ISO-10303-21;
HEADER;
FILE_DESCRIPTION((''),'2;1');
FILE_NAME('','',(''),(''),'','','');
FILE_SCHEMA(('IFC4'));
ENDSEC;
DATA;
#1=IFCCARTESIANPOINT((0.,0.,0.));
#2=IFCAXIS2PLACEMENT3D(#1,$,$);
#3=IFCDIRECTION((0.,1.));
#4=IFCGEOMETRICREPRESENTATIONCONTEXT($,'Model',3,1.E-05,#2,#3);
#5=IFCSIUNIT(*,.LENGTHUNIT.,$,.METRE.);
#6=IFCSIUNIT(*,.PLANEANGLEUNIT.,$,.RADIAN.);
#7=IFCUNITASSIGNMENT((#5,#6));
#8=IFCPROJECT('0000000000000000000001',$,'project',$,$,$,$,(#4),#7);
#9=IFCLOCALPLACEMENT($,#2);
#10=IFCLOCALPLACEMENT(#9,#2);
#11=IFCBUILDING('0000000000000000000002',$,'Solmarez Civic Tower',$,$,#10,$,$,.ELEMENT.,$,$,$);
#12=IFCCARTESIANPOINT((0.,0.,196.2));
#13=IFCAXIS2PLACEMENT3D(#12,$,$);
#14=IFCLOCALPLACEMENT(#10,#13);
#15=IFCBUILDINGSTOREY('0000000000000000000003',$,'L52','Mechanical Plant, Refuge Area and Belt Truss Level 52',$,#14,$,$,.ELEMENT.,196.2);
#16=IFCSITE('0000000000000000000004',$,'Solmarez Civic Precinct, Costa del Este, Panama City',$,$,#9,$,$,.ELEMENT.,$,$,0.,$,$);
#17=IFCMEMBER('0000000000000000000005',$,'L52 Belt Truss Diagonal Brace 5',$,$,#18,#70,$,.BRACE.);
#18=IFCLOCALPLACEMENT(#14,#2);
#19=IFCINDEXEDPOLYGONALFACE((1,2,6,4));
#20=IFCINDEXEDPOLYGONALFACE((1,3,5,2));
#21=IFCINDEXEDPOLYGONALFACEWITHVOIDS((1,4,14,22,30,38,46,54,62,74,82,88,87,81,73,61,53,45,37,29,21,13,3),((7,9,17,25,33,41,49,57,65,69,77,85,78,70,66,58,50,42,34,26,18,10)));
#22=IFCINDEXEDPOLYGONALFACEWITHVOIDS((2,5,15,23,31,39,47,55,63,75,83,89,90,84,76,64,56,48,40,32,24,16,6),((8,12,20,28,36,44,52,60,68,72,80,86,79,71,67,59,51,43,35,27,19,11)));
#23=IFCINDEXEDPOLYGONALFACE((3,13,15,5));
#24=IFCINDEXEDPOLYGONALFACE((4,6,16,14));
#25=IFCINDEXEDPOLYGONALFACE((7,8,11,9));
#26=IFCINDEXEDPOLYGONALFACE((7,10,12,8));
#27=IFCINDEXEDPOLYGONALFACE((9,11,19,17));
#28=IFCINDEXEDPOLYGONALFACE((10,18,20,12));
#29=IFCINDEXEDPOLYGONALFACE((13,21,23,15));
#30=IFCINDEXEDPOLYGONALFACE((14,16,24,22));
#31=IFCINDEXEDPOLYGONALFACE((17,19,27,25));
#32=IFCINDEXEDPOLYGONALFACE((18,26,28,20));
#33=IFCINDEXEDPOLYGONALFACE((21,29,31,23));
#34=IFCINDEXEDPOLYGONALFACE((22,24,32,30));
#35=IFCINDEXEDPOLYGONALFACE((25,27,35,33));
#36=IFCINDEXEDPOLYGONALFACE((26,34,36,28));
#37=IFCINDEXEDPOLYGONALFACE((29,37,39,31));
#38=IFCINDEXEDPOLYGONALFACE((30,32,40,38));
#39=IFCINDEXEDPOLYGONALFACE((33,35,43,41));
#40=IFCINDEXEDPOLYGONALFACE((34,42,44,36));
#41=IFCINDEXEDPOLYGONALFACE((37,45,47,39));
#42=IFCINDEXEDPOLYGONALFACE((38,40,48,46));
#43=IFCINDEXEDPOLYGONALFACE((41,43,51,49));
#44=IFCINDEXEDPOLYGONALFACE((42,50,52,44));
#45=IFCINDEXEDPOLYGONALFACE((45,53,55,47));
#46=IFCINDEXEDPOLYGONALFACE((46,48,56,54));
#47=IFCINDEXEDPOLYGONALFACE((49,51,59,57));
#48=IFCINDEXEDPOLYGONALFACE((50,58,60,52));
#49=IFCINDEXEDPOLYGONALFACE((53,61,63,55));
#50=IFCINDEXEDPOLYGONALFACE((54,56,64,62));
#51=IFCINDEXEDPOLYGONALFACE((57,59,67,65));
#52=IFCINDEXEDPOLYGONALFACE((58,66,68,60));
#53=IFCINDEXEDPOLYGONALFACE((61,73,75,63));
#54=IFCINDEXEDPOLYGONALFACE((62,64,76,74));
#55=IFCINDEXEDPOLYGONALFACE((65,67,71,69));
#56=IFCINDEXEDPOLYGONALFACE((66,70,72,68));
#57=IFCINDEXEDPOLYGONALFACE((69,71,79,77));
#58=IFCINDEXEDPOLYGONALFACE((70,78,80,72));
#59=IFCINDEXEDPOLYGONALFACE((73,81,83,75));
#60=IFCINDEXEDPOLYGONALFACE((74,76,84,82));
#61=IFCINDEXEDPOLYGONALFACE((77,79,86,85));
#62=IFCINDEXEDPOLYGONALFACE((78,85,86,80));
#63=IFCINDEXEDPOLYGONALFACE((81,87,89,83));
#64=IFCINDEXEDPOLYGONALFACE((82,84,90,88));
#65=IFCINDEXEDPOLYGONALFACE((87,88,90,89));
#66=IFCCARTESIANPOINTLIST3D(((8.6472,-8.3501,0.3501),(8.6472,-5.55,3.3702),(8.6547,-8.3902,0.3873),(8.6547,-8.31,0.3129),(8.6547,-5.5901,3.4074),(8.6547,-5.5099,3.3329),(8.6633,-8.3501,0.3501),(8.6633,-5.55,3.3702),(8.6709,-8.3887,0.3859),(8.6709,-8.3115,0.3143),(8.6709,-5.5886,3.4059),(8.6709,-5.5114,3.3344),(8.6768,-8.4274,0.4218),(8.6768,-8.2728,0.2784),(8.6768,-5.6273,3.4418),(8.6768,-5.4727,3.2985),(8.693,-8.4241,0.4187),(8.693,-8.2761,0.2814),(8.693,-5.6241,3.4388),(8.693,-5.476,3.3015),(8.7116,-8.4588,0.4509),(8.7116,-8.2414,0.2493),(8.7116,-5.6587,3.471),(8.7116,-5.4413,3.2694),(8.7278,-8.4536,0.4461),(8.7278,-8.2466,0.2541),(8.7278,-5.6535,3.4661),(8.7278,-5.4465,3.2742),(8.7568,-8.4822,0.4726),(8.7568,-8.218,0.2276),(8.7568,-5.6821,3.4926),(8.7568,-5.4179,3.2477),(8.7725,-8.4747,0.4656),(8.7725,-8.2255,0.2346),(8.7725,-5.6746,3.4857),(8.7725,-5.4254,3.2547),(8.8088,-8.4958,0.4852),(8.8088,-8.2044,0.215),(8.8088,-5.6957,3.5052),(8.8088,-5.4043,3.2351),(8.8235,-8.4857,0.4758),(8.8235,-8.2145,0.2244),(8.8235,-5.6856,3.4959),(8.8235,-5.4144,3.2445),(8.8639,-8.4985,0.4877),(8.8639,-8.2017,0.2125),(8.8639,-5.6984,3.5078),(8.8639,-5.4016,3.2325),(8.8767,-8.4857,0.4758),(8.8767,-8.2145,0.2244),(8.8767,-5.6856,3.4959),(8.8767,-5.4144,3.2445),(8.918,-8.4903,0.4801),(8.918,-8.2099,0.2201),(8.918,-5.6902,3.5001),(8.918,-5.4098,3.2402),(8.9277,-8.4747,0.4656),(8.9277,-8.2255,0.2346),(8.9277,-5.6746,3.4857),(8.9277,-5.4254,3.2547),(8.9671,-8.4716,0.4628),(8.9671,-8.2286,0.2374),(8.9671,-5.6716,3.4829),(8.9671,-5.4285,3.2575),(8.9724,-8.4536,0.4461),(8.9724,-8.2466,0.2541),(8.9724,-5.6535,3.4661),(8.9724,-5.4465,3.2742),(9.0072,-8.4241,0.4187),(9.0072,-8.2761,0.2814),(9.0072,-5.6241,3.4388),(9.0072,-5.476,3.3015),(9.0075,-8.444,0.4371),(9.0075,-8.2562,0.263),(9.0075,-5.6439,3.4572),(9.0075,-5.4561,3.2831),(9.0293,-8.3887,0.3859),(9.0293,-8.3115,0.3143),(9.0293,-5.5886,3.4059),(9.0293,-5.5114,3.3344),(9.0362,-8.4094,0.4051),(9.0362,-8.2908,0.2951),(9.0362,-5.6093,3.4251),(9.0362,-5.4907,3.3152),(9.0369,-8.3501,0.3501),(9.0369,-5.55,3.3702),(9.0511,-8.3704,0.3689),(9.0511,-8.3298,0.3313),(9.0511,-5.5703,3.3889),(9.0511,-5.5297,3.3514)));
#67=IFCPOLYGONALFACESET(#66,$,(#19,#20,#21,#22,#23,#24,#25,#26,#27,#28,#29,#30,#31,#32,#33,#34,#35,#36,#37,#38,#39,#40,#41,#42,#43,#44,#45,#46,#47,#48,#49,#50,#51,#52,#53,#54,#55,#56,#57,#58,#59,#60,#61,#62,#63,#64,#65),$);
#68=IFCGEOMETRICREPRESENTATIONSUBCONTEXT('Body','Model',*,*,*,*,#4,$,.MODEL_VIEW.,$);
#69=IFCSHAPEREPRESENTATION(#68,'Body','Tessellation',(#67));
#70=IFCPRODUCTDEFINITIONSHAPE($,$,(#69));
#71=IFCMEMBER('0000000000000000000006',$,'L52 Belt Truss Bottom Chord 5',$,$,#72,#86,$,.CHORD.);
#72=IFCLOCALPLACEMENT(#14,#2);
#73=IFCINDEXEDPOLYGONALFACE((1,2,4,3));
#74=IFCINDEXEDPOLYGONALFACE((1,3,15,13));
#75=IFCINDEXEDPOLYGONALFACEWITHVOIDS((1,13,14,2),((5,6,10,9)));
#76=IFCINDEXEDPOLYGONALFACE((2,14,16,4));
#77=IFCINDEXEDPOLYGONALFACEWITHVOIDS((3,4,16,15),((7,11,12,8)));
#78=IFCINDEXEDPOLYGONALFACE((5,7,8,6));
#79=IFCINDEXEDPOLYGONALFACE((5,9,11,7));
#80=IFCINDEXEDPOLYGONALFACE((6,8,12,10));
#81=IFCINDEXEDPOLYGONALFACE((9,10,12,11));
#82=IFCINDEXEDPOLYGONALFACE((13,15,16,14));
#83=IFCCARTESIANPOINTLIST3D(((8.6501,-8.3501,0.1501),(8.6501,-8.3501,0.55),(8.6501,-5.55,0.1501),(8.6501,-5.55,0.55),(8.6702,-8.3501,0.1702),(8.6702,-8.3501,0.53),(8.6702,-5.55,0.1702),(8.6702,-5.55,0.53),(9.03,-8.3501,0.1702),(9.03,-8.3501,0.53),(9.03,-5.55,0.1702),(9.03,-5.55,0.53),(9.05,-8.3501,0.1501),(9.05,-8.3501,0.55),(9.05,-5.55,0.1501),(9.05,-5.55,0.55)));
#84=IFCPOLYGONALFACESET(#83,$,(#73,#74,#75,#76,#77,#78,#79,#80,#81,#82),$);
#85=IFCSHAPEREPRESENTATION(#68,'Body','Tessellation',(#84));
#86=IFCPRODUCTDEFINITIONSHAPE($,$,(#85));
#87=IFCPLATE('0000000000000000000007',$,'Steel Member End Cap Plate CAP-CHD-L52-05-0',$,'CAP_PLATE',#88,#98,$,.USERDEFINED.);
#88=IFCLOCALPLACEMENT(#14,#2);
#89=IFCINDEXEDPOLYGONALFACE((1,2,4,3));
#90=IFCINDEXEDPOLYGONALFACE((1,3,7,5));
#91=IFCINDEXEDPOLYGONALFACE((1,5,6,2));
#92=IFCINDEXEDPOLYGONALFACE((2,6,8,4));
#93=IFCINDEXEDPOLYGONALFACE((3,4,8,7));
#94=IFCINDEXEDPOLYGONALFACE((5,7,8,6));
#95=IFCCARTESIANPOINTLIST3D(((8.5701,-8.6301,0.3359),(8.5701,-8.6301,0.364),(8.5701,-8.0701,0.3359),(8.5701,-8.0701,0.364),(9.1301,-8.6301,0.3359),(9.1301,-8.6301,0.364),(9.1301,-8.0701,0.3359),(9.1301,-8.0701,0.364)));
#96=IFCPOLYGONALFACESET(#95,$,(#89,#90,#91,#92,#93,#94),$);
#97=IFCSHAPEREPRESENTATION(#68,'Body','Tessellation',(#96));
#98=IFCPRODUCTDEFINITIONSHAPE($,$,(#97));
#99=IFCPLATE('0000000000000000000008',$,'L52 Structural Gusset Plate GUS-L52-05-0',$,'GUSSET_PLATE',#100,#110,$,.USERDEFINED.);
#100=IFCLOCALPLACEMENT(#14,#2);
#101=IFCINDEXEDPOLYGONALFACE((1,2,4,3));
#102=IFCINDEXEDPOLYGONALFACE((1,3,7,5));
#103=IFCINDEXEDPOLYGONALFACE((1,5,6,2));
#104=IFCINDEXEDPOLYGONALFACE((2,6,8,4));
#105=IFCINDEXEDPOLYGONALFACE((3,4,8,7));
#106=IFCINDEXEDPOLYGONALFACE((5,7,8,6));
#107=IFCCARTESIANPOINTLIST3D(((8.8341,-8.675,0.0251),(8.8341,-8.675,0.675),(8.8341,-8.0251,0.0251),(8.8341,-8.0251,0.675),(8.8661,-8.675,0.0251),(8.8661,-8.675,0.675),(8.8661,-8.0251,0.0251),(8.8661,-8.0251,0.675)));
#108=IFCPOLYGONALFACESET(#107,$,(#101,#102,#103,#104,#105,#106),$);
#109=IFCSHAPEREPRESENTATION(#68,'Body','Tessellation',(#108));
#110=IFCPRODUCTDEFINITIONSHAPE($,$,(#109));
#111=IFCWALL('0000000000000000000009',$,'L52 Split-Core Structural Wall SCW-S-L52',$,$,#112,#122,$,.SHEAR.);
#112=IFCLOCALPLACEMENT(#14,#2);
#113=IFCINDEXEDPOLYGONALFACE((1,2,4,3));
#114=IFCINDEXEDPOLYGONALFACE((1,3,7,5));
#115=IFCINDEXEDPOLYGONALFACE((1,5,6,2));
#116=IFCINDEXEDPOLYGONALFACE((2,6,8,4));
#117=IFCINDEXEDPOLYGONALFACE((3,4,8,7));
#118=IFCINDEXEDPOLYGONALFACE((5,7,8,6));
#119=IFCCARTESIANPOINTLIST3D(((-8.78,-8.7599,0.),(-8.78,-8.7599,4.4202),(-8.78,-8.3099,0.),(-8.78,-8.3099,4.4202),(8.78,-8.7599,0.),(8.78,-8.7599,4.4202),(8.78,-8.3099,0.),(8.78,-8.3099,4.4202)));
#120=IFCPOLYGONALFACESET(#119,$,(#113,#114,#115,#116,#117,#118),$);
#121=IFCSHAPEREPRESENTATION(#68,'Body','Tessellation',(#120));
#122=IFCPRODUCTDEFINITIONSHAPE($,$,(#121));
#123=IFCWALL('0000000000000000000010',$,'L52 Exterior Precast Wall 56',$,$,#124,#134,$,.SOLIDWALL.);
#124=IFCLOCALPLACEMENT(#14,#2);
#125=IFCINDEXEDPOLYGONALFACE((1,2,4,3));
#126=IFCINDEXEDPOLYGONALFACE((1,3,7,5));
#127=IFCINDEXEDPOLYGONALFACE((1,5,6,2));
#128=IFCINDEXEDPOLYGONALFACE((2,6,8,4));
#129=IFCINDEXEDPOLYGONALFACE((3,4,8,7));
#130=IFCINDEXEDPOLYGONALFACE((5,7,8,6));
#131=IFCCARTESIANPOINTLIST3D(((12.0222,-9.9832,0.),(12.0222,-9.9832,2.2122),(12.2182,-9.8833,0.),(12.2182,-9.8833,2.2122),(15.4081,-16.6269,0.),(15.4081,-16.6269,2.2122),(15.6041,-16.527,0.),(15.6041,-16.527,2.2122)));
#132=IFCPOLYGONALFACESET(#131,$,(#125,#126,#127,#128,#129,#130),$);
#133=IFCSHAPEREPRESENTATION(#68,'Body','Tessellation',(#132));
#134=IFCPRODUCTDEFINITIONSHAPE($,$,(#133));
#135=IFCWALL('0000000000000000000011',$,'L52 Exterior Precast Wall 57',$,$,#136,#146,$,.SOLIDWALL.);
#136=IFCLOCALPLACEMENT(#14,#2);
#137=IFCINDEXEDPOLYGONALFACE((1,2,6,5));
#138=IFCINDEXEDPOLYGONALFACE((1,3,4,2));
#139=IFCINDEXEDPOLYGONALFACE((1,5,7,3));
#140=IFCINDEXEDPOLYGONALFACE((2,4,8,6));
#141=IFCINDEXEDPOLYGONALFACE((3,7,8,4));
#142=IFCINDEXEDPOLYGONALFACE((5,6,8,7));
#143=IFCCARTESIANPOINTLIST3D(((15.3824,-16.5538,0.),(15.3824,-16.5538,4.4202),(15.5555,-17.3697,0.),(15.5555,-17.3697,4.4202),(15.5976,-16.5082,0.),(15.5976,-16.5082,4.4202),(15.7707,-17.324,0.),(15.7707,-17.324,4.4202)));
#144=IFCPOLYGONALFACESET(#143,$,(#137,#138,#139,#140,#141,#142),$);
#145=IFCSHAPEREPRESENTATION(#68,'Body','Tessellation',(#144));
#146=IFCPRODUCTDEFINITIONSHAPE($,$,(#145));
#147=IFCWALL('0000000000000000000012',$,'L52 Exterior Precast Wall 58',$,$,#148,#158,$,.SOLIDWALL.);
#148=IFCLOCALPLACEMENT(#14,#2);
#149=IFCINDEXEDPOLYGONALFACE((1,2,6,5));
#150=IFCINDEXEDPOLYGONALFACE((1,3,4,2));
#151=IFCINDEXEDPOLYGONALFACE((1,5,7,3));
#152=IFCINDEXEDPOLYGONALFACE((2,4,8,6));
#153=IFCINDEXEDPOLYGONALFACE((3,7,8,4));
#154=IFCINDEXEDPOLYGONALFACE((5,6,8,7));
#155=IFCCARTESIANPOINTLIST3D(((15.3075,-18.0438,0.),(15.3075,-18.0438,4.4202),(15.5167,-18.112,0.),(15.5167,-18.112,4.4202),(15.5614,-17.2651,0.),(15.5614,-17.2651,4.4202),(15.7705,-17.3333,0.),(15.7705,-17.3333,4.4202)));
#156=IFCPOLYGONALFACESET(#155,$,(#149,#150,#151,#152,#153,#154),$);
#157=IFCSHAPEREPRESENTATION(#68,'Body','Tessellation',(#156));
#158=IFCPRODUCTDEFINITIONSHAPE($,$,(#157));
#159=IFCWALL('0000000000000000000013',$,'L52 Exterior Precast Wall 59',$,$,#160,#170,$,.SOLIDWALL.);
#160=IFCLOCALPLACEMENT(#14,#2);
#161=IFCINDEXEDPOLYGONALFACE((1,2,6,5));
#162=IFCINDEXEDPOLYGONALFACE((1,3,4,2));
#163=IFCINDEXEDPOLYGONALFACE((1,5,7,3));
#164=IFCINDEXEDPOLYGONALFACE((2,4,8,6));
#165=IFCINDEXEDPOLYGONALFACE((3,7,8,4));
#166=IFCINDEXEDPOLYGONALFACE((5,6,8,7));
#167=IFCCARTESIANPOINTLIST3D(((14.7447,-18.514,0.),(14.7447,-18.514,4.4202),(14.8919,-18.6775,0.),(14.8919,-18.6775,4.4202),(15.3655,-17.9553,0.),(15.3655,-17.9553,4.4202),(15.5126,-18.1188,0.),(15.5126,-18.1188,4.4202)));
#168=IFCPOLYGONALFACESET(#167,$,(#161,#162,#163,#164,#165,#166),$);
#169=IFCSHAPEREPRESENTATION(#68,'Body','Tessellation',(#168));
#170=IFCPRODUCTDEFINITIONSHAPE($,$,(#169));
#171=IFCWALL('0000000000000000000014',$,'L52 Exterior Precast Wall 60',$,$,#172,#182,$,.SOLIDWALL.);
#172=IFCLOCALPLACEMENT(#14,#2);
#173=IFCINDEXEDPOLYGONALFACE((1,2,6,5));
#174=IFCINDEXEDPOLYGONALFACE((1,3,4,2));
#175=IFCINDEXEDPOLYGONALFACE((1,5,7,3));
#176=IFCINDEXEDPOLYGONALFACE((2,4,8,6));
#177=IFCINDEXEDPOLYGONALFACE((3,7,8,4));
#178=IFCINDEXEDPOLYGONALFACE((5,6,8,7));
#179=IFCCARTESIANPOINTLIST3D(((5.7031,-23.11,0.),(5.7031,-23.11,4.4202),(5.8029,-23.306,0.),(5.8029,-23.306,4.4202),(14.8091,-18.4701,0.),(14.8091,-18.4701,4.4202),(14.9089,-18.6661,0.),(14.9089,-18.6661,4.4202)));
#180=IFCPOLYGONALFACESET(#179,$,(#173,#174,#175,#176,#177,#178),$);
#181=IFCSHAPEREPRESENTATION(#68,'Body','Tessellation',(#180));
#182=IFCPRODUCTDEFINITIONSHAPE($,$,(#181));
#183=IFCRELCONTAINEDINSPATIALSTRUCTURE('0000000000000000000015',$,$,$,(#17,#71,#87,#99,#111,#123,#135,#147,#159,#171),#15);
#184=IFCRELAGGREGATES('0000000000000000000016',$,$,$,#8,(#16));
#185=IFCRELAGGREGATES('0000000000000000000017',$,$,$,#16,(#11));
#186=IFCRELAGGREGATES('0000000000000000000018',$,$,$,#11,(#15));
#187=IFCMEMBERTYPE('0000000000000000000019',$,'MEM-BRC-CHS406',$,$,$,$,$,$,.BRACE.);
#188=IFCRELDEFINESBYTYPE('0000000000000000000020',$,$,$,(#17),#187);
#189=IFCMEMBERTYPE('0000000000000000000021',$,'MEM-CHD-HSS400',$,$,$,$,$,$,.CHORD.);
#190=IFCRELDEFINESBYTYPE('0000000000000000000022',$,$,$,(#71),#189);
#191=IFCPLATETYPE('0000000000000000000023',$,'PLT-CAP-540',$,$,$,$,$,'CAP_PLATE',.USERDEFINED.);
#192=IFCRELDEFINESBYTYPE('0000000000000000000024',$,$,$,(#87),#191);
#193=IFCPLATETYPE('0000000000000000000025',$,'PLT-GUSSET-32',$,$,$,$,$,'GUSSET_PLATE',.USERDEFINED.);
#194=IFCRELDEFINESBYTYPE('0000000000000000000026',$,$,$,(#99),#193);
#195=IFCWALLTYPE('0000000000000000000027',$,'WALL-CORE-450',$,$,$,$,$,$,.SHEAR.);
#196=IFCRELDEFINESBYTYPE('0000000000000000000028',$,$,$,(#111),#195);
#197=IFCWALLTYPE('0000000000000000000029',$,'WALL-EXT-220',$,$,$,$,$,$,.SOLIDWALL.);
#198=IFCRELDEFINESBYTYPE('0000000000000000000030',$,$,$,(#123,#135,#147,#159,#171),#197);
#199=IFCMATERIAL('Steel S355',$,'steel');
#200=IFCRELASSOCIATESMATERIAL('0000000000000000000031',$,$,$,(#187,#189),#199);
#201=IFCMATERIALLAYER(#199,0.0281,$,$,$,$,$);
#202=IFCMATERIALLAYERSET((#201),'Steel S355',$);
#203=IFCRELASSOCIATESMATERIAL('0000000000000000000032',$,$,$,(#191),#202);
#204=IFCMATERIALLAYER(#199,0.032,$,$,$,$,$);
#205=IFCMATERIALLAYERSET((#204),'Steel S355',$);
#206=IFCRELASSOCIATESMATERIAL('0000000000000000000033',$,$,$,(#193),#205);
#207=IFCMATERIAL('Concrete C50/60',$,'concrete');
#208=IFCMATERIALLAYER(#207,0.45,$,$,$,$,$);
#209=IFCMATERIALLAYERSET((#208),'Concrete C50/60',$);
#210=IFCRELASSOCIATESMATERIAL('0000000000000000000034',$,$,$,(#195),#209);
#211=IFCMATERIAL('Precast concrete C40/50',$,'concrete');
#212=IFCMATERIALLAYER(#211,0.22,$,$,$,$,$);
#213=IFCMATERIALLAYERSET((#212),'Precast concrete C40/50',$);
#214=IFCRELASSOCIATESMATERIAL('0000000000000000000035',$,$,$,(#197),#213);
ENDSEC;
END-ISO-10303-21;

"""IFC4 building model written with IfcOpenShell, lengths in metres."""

from ifc_helpers import new_model, si_unit, direction, frame, frame_2d, origin, origin_2d, place, context, subcontext, project, spatial, rectangle, hollow_rectangle, hollow_circle, extrude, material, layer, layer_set, material_profile, profile_set, type_object, element, save


model = new_model("IFC4")

# Units and contexts
model_context = context("Model", 3, precision=1e-05, world=origin(), true_north=direction((0.0, 1.0)))
body_context = subcontext(model_context, "Body", "Model", "MODEL_VIEW")
ifc_project = project(units=[si_unit("LENGTHUNIT", "METRE"), si_unit("PLANEANGLEUNIT", "RADIAN")], contexts=[model_context])

# Site, building, storey
site_placement = place(None, origin())
site = spatial("IfcSite", under=ifc_project, at=site_placement, Name="Solmarez Civic Precinct, Costa del Este, Panama City", CompositionType="ELEMENT", RefElevation=0.0)
building_placement = place(site_placement, origin())
building = spatial("IfcBuilding", under=site, at=building_placement, Name="Solmarez Civic Tower", CompositionType="ELEMENT")
storey_placement = place(building_placement, frame((0.0, 0.0, 196.2)))
storey = spatial("IfcBuildingStorey", under=building, at=storey_placement, Name="L52", Description="Mechanical Plant, Refuge Area and Belt Truss Level 52", CompositionType="ELEMENT", Elevation=196.2)

# Shared definitions
ifc_material_1 = material(Name="Concrete C50/60", Category="concrete")
ifc_material_2 = material(Name="Steel S355", Category="steel")

# Members
ifc_material_profile_1 = material_profile(ifc_material_2, hollow_circle(Radius=0.2029, WallThickness=0.0161, at=origin_2d()), Name="CHS406X16")
ifc_profile_set_1 = profile_set([ifc_material_profile_1], Name="Steel S355")
member_type_1 = type_object("IfcMemberType", Name="MEM-BRC-CHS406", PredefinedType="BRACE", material=ifc_profile_set_1)
member_1_placement = place(storey_placement, frame((8.8501, -8.3501, 0.3501), z_axis=(0.0, 0.679896, 0.733308), x_axis=(-1.0, 0.0, 0.0)))
element("IfcMember", 1, at=member_1_placement, inside=storey, type_object=member_type_1, Name="L52 Belt Truss Diagonal Brace 5", PredefinedType="BRACE", context=body_context, shape_type="SweptSolid", body=[
    extrude(hollow_circle(Radius=0.2029, WallThickness=0.0161, at=origin_2d()), origin(), (0.0, 0.0, 1.0), 4.1184),
])
ifc_material_profile_2 = material_profile(ifc_material_2, hollow_rectangle(XDim=0.3999, YDim=0.3999, WallThickness=0.02, at=origin_2d()), Name="HSS400X400X20")
ifc_profile_set_2 = profile_set([ifc_material_profile_2], Name="Steel S355")
member_type_2 = type_object("IfcMemberType", Name="MEM-CHD-HSS400", PredefinedType="CHORD", material=ifc_profile_set_2)
member_2_placement = place(storey_placement, frame((8.8501, -8.3501, 0.3501), z_axis=(0.0, 1.0, 0.0), x_axis=(-1.0, 0.0, 0.0)))
element("IfcMember", 2, at=member_2_placement, inside=storey, type_object=member_type_2, Name="L52 Belt Truss Bottom Chord 5", PredefinedType="CHORD", context=body_context, shape_type="SweptSolid", body=[
    extrude(hollow_rectangle(XDim=0.3999, YDim=0.3999, WallThickness=0.02, at=origin_2d()), origin(), (0.0, 0.0, 1.0), 2.8),
])

# Plates
ifc_layer_1 = layer(ifc_material_2, 0.0281)
ifc_layer_set_1 = layer_set([ifc_layer_1], Name="Steel S355")
plate_type_1 = type_object("IfcPlateType", Name="PLT-CAP-540", ElementType="CAP_PLATE", PredefinedType="USERDEFINED", material=ifc_layer_set_1)
plate_1_placement = place(storey_placement, frame((8.8501, -8.3501, 0.3359), z_axis=(0.0, 0.0, 1.0), x_axis=(1.0, 0.0, 0.0)))
element("IfcPlate", 3, at=plate_1_placement, inside=storey, type_object=plate_type_1, Name="Steel Member End Cap Plate CAP-CHD-L52-05-0", ObjectType="CAP_PLATE", PredefinedType="USERDEFINED", context=body_context, shape_type="SweptSolid", body=[
    extrude(rectangle(XDim=0.5601, YDim=0.5601, at=origin_2d()), origin(), (0.0, 0.0, 1.0), 0.0281),
])
ifc_layer_2 = layer(ifc_material_2, 0.032)
ifc_layer_set_2 = layer_set([ifc_layer_2], Name="Steel S355")
plate_type_2 = type_object("IfcPlateType", Name="PLT-GUSSET-32", ElementType="GUSSET_PLATE", PredefinedType="USERDEFINED", material=ifc_layer_set_2)
plate_2_placement = place(storey_placement, frame((8.8501, -8.3501, 0.0251), z_axis=(0.0, 0.0, 1.0), x_axis=(0.0, 1.0, 0.0)))
element("IfcPlate", 4, at=plate_2_placement, inside=storey, type_object=plate_type_2, Name="L52 Structural Gusset Plate GUS-L52-05-0", ObjectType="GUSSET_PLATE", PredefinedType="USERDEFINED", context=body_context, shape_type="SweptSolid", body=[
    extrude(rectangle(XDim=0.6499, YDim=0.032, at=origin_2d()), origin(), (0.0, 0.0, 1.0), 0.6499),
])

# Walls
ifc_layer_3 = layer(ifc_material_1, 0.45)
ifc_layer_set_3 = layer_set([ifc_layer_3], Name="Concrete C50/60")
wall_type_1 = type_object("IfcWallType", Name="WALL-CORE-450", PredefinedType="SHEAR", material=ifc_layer_set_3)
wall_1_placement = place(storey_placement, frame((8.78, -8.5349, 0.0), z_axis=(0.0, 0.0, 1.0), x_axis=(-1.0, 0.0, 0.0)))
element("IfcWall", 5, at=wall_1_placement, inside=storey, type_object=wall_type_1, Name="L52 Split-Core Structural Wall SCW-S-L52", PredefinedType="SHEAR", context=body_context, shape_type="SweptSolid", body=[
    extrude(rectangle(XDim=17.5601, YDim=0.45, at=frame_2d((8.78, 0.0))), origin(), (0.0, 0.0, 1.0), 4.4202),
])
ifc_material_3 = material(Name="Precast concrete C40/50", Category="concrete")
ifc_layer_4 = layer(ifc_material_3, 0.22)
ifc_layer_set_4 = layer_set([ifc_layer_4], Name="Precast concrete C40/50")
wall_type_2 = type_object("IfcWallType", Name="WALL-EXT-220", PredefinedType="SOLIDWALL", material=ifc_layer_set_4)
wall_2_placement = place(storey_placement, frame((12.1201, -9.9331, 0.0), z_axis=(0.0, 0.0, 1.0), x_axis=(0.454076, -0.890963, 0.0)))
element("IfcWall", 6, at=wall_2_placement, inside=storey, type_object=wall_type_2, Name="L52 Exterior Precast Wall 56", PredefinedType="SOLIDWALL", context=body_context, shape_type="SweptSolid", body=[
    extrude(rectangle(XDim=7.4568, YDim=0.22, at=frame_2d((3.7285, 0.0))), origin(), (0.0, 0.0, 1.0), 2.2122),
])
wall_3_placement = place(storey_placement, frame((15.49, -16.531, 0.0), z_axis=(0.0, 0.0, 1.0), x_axis=(0.20753, -0.978229, 0.0)))
element("IfcWall", 7, at=wall_3_placement, inside=storey, type_object=wall_type_2, Name="L52 Exterior Precast Wall 57", PredefinedType="SOLIDWALL", context=body_context, shape_type="SweptSolid", body=[
    extrude(rectangle(XDim=0.834, YDim=0.22, at=frame_2d((0.417, 0.0))), origin(), (0.0, 0.0, 1.0), 4.4202),
])
wall_4_placement = place(storey_placement, frame((15.666, -17.2991, 0.0), z_axis=(0.0, 0.0, 1.0), x_axis=(-0.309962, -0.950749, 0.0)))
element("IfcWall", 8, at=wall_4_placement, inside=storey, type_object=wall_type_2, Name="L52 Exterior Precast Wall 58", PredefinedType="SOLIDWALL", context=body_context, shape_type="SweptSolid", body=[
    extrude(rectangle(XDim=0.8191, YDim=0.22, at=frame_2d((0.4097, 0.0))), origin(), (0.0, 0.0, 1.0), 4.4202),
])
wall_5_placement = place(storey_placement, frame((15.439, -18.0371, 0.0), z_axis=(0.0, 0.0, 1.0), x_axis=(-0.743251, -0.669013, 0.0)))
element("IfcWall", 9, at=wall_5_placement, inside=storey, type_object=wall_type_2, Name="L52 Exterior Precast Wall 59", PredefinedType="SOLIDWALL", context=body_context, shape_type="SweptSolid", body=[
    extrude(rectangle(XDim=0.8352, YDim=0.22, at=frame_2d((0.4175, 0.0))), origin(), (0.0, 0.0, 1.0), 4.4202),
])
wall_6_placement = place(storey_placement, frame((14.8589, -18.5681, 0.0), z_axis=(0.0, 0.0, 1.0), x_axis=(-0.891, -0.454004, 0.0)))
element("IfcWall", 10, at=wall_6_placement, inside=storey, type_object=wall_type_2, Name="L52 Exterior Precast Wall 60", PredefinedType="SOLIDWALL", context=body_context, shape_type="SweptSolid", body=[
    extrude(rectangle(XDim=10.22, YDim=0.22, at=frame_2d((5.1099, 0.0))), origin(), (0.0, 0.0, 1.0), 4.4202),
])

save(model, "model.ifc")
